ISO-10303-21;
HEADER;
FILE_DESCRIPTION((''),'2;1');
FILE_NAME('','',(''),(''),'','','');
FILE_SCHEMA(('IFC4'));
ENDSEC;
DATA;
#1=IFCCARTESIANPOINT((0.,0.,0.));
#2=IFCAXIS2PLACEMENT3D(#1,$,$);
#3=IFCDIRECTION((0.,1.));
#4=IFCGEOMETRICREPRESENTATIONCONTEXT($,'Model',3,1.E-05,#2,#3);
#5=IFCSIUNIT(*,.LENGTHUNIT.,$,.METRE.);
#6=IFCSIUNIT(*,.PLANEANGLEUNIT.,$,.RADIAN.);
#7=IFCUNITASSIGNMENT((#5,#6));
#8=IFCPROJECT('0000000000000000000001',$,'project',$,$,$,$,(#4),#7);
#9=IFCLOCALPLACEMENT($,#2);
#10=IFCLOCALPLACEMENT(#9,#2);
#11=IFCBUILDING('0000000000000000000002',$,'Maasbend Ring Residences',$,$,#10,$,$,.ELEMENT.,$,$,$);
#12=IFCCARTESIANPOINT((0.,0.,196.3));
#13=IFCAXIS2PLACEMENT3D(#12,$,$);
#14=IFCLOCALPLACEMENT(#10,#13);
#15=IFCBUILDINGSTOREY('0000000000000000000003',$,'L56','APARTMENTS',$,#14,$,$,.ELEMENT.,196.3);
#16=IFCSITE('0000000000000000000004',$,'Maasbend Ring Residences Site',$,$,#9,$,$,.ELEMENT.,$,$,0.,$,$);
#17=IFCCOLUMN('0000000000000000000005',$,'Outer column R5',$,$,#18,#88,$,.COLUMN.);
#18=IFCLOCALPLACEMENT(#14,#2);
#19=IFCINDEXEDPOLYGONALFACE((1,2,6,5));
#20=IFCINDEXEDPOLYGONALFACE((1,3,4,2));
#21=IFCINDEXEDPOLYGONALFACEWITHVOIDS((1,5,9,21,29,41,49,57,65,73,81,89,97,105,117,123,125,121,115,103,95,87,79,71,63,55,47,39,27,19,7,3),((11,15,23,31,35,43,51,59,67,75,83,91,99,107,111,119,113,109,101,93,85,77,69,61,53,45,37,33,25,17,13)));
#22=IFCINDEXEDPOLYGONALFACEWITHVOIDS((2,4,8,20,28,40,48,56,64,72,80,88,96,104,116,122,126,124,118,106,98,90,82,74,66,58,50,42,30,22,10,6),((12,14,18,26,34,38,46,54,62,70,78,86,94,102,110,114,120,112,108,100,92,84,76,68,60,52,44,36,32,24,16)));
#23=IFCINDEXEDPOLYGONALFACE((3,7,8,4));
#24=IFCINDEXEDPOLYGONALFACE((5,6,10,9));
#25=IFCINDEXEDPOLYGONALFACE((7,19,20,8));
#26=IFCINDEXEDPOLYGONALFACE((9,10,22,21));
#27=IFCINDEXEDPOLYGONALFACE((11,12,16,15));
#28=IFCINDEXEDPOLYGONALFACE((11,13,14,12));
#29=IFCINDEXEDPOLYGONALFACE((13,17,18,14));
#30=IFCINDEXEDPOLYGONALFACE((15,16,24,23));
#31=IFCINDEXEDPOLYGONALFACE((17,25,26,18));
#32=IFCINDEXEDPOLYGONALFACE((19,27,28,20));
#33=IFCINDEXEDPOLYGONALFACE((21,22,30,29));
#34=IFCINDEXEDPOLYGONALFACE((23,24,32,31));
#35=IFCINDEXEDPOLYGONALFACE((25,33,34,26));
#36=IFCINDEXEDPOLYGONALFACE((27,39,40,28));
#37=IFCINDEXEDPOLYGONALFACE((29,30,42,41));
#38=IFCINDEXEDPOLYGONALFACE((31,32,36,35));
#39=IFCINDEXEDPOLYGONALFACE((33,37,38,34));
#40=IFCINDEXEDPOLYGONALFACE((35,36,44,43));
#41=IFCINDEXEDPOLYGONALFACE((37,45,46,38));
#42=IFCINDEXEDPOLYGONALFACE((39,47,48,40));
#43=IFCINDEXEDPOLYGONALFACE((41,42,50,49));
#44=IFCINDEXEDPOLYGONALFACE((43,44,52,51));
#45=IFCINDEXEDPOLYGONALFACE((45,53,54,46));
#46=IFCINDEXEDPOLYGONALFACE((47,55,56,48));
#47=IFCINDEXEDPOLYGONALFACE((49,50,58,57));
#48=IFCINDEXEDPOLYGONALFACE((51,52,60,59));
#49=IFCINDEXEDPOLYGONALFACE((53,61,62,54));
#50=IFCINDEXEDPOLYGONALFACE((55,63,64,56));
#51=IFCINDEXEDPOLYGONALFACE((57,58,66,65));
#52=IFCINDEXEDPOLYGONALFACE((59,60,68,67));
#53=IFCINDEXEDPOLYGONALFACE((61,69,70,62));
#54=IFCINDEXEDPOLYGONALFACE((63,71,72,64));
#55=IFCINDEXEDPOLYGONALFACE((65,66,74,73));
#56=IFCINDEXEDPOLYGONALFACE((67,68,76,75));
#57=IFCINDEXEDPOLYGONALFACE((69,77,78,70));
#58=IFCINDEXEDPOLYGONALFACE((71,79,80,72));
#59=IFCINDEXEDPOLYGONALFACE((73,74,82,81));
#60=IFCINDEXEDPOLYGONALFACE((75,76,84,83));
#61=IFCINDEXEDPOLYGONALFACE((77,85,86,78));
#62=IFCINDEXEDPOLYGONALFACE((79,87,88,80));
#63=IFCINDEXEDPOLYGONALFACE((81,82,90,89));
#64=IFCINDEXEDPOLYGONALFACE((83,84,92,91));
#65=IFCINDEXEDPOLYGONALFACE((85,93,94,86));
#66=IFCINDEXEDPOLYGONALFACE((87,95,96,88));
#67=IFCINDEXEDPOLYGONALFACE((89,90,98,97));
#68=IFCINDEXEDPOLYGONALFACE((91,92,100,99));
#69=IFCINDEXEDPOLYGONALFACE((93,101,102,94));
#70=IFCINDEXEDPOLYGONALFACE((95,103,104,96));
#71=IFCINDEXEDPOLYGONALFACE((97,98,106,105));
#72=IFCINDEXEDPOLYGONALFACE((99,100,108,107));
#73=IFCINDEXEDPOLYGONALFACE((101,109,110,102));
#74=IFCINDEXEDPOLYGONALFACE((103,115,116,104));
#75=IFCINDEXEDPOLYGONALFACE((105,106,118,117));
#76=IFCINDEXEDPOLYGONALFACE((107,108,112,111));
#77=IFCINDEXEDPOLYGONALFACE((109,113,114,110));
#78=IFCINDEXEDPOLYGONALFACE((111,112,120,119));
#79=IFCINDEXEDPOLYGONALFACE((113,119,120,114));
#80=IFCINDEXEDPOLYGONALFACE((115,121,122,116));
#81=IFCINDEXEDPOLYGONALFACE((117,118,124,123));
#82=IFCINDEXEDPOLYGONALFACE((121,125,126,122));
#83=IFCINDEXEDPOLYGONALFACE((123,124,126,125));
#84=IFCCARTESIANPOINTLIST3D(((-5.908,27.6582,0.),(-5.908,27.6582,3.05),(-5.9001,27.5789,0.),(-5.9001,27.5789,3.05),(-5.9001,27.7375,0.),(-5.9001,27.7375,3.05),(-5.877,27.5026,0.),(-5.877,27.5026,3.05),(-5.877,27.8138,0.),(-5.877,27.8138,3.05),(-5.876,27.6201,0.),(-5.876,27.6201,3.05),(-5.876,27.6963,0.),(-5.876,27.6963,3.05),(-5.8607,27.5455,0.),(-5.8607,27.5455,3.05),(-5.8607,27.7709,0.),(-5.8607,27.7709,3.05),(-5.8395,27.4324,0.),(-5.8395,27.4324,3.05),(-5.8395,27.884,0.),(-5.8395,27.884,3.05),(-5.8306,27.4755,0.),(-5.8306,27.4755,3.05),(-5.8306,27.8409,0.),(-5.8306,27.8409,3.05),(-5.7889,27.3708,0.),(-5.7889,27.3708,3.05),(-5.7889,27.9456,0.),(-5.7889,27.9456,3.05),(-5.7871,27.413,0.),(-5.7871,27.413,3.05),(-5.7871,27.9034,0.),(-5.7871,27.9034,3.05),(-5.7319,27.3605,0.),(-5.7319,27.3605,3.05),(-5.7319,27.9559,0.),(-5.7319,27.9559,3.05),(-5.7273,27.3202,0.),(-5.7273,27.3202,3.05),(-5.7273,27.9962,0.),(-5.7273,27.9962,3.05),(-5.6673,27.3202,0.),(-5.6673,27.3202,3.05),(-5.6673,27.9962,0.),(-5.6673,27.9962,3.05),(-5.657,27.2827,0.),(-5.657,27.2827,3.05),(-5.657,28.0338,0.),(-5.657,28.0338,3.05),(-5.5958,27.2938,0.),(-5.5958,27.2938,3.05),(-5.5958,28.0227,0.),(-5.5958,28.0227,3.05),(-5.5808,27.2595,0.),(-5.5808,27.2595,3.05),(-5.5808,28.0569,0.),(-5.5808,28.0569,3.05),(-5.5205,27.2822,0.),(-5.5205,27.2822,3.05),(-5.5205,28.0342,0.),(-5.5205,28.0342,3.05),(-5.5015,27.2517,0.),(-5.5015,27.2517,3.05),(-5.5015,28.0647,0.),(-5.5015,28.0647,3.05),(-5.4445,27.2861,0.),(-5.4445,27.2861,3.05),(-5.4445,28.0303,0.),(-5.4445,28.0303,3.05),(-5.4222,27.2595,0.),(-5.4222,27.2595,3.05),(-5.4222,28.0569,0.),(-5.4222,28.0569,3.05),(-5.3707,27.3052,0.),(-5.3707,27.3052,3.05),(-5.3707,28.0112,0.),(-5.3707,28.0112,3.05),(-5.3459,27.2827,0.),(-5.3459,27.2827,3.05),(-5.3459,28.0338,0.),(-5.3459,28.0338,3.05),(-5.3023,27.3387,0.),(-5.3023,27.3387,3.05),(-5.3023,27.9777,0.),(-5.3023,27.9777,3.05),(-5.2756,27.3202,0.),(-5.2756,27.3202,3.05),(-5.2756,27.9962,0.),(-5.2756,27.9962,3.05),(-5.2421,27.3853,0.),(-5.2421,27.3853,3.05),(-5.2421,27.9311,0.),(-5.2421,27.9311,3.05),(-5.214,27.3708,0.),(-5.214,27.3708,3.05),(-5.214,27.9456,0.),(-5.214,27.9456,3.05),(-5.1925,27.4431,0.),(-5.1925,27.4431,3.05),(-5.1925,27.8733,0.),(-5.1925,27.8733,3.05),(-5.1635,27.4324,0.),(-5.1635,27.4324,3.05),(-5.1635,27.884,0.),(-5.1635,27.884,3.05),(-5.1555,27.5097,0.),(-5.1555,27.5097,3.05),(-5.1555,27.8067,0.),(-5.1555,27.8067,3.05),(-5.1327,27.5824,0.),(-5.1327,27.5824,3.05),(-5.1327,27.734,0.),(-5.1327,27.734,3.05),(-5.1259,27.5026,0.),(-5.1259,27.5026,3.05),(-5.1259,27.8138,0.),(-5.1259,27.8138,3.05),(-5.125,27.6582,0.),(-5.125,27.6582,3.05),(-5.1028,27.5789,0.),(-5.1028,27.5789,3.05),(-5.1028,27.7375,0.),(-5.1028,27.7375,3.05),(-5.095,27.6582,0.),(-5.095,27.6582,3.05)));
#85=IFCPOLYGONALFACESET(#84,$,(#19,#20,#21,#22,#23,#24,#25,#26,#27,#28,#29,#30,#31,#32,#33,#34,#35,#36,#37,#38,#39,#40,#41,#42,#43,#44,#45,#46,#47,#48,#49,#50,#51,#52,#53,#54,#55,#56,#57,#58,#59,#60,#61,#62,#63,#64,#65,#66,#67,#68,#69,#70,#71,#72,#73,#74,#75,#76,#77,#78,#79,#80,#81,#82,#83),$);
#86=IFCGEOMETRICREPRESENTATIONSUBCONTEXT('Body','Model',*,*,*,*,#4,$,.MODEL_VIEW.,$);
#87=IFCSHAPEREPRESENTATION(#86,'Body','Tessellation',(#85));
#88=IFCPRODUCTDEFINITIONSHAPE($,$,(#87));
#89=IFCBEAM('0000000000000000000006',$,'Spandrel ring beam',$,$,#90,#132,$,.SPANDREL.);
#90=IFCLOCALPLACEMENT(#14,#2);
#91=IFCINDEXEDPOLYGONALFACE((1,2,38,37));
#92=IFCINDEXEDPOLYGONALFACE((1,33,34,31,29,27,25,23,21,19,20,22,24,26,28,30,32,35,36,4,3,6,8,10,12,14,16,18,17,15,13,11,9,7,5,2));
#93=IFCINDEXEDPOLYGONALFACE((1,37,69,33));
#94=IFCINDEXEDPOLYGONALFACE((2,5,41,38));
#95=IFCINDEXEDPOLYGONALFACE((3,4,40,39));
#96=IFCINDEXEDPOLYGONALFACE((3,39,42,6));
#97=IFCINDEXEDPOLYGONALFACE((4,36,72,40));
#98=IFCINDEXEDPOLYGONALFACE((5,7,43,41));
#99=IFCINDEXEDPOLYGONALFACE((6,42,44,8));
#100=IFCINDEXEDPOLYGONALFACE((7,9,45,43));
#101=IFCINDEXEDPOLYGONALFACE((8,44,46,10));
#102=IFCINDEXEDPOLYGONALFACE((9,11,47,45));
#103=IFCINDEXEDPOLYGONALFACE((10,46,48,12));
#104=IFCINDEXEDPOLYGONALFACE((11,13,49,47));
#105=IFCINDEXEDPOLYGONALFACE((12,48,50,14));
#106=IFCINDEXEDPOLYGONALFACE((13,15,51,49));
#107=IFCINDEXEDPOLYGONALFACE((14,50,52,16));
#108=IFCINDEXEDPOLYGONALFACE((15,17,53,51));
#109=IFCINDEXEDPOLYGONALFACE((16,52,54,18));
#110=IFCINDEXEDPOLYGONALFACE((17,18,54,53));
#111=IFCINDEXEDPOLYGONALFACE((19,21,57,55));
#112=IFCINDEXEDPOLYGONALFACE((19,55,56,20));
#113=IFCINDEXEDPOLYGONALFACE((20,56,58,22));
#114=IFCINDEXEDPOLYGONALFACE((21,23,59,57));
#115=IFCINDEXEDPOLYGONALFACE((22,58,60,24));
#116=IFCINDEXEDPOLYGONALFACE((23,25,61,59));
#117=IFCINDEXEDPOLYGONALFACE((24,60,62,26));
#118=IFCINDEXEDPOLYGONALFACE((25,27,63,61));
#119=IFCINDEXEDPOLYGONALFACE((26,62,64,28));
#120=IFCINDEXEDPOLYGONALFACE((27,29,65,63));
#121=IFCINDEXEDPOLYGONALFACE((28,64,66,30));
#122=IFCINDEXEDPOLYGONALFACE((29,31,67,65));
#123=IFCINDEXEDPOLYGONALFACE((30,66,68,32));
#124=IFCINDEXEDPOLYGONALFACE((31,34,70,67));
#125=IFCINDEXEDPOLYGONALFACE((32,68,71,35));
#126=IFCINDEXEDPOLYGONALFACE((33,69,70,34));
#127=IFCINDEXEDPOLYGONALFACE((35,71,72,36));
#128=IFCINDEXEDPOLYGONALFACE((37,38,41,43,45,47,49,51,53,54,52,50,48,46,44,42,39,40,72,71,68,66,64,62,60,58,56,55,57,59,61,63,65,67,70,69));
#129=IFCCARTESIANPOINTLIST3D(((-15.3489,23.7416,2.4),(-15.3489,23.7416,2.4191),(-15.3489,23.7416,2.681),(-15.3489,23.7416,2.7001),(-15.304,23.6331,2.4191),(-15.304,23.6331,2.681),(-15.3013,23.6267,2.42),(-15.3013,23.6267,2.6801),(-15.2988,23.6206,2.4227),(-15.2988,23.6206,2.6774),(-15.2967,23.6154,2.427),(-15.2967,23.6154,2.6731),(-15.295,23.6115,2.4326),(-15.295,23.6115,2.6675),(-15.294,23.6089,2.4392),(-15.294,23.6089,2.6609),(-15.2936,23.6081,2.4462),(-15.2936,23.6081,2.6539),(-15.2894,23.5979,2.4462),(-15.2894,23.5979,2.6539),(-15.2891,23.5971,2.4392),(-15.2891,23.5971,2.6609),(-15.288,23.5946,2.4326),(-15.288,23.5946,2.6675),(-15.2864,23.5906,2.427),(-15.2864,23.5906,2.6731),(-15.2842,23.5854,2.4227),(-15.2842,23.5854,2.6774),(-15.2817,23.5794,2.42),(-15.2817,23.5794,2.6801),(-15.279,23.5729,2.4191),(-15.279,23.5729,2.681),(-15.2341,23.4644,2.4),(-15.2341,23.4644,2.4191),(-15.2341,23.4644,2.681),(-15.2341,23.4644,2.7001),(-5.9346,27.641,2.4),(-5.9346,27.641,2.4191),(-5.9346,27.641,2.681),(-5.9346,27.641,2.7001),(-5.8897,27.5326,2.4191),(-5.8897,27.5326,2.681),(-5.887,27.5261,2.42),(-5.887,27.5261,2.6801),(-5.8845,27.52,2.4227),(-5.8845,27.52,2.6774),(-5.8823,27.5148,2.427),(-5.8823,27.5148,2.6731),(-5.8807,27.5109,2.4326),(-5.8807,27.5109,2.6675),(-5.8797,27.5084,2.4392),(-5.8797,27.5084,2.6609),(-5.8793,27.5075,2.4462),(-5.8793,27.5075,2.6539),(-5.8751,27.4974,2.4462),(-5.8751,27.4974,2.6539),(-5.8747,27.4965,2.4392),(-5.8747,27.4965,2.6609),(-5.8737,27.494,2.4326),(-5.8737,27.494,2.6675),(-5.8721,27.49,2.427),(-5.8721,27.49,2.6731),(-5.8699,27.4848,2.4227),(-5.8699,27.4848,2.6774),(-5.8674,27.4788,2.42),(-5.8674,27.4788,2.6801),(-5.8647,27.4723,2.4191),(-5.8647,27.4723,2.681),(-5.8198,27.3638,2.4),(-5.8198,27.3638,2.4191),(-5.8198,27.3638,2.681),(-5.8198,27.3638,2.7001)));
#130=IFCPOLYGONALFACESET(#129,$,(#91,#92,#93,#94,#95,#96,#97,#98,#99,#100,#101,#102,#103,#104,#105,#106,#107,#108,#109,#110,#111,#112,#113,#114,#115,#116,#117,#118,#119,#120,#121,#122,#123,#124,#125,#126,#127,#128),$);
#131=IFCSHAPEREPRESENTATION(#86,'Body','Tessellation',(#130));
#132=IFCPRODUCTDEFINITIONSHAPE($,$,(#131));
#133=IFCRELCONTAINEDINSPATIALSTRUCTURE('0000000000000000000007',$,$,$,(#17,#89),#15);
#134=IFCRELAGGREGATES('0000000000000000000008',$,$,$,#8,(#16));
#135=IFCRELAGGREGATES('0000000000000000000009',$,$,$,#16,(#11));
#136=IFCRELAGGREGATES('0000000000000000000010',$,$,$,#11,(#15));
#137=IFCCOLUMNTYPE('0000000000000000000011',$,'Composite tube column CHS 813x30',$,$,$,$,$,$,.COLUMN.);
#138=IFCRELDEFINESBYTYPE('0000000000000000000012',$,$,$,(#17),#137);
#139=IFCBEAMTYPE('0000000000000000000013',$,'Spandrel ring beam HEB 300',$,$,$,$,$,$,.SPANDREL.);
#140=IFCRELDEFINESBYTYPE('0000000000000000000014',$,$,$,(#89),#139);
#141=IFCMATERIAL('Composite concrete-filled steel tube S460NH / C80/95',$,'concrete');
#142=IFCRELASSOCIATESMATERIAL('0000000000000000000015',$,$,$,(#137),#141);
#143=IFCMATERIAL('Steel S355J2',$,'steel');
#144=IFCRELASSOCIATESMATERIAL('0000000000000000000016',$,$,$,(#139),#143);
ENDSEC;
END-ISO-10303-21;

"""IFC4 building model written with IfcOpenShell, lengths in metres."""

from ifc_helpers import new_model, si_unit, direction, frame, origin, origin_2d, place, context, subcontext, project, spatial, hollow_circle, i_section, extrude, material, material_profile, profile_set, type_object, element, save


model = new_model("IFC4")

# Units and contexts
model_context = context("Model", 3, precision=1e-05, world=origin(), true_north=direction((0.0, 1.0)))
body_context = subcontext(model_context, "Body", "Model", "MODEL_VIEW")
ifc_project = project(units=[si_unit("LENGTHUNIT", "METRE"), si_unit("PLANEANGLEUNIT", "RADIAN")], contexts=[model_context])

# Site, building, storey
site_placement = place(None, origin())
site = spatial("IfcSite", under=ifc_project, at=site_placement, Name="Maasbend Ring Residences Site", CompositionType="ELEMENT", RefElevation=0.0)
building_placement = place(site_placement, origin())
building = spatial("IfcBuilding", under=site, at=building_placement, Name="Maasbend Ring Residences", CompositionType="ELEMENT")
storey_placement = place(building_placement, frame((0.0, 0.0, 196.3)))
storey = spatial("IfcBuildingStorey", under=building, at=storey_placement, Name="L56", Description="APARTMENTS", CompositionType="ELEMENT", Elevation=196.3)

# Column
ifc_material_1 = material(Name="Composite concrete-filled steel tube S460NH / C80/95", Category="concrete")
ifc_material_profile_1 = material_profile(ifc_material_1, hollow_circle(Radius=0.4065, WallThickness=0.03, at=origin_2d()), Name="Composite tube column CHS 813x30")
ifc_profile_set_1 = profile_set([ifc_material_profile_1], Name="Composite concrete-filled steel tube S460NH / C80/95")
column_type = type_object("IfcColumnType", Name="Composite tube column CHS 813x30", PredefinedType="COLUMN", material=ifc_profile_set_1)
column_placement = place(storey_placement, frame((-5.5015, 27.6582, 0.0), z_axis=(0.0, 0.0, 1.0), x_axis=(1.0, 0.0, 0.0)))
element("IfcColumn", 1, at=column_placement, inside=storey, type_object=column_type, Name="Outer column R5", PredefinedType="COLUMN", context=body_context, shape_type="SweptSolid", body=[
    extrude(hollow_circle(Radius=0.4065, WallThickness=0.03, at=origin_2d()), origin(), (0.0, 0.0, 1.0), 3.05),
])

# Beam
ifc_material_2 = material(Name="Steel S355J2", Category="steel")
ifc_material_profile_2 = material_profile(ifc_material_2, i_section(OverallWidth=0.3, OverallDepth=0.3, WebThickness=0.011, FlangeThickness=0.019, FilletRadius=0.0271, at=origin_2d()), Name="HEB 300")
ifc_profile_set_2 = profile_set([ifc_material_profile_2], Name="Steel S355J2")
beam_type = type_object("IfcBeamType", Name="Spandrel ring beam HEB 300", PredefinedType="SPANDREL", material=ifc_profile_set_2)
beam_placement = place(storey_placement, frame((-5.8772, 27.5024, 2.55), z_axis=(-0.923884, -0.382673, 0.0), x_axis=(0.382673, -0.923884, 0.0)))
element("IfcBeam", 2, at=beam_placement, inside=storey, type_object=beam_type, Name="Spandrel ring beam", PredefinedType="SPANDREL", context=body_context, shape_type="SweptSolid", body=[
    extrude(i_section(OverallWidth=0.3, OverallDepth=0.3, WebThickness=0.011, FlangeThickness=0.019, FilletRadius=0.0271, at=origin_2d()), origin(), (0.0, 0.0, 1.0), 10.1899),
])

save(model, "model.ifc")
